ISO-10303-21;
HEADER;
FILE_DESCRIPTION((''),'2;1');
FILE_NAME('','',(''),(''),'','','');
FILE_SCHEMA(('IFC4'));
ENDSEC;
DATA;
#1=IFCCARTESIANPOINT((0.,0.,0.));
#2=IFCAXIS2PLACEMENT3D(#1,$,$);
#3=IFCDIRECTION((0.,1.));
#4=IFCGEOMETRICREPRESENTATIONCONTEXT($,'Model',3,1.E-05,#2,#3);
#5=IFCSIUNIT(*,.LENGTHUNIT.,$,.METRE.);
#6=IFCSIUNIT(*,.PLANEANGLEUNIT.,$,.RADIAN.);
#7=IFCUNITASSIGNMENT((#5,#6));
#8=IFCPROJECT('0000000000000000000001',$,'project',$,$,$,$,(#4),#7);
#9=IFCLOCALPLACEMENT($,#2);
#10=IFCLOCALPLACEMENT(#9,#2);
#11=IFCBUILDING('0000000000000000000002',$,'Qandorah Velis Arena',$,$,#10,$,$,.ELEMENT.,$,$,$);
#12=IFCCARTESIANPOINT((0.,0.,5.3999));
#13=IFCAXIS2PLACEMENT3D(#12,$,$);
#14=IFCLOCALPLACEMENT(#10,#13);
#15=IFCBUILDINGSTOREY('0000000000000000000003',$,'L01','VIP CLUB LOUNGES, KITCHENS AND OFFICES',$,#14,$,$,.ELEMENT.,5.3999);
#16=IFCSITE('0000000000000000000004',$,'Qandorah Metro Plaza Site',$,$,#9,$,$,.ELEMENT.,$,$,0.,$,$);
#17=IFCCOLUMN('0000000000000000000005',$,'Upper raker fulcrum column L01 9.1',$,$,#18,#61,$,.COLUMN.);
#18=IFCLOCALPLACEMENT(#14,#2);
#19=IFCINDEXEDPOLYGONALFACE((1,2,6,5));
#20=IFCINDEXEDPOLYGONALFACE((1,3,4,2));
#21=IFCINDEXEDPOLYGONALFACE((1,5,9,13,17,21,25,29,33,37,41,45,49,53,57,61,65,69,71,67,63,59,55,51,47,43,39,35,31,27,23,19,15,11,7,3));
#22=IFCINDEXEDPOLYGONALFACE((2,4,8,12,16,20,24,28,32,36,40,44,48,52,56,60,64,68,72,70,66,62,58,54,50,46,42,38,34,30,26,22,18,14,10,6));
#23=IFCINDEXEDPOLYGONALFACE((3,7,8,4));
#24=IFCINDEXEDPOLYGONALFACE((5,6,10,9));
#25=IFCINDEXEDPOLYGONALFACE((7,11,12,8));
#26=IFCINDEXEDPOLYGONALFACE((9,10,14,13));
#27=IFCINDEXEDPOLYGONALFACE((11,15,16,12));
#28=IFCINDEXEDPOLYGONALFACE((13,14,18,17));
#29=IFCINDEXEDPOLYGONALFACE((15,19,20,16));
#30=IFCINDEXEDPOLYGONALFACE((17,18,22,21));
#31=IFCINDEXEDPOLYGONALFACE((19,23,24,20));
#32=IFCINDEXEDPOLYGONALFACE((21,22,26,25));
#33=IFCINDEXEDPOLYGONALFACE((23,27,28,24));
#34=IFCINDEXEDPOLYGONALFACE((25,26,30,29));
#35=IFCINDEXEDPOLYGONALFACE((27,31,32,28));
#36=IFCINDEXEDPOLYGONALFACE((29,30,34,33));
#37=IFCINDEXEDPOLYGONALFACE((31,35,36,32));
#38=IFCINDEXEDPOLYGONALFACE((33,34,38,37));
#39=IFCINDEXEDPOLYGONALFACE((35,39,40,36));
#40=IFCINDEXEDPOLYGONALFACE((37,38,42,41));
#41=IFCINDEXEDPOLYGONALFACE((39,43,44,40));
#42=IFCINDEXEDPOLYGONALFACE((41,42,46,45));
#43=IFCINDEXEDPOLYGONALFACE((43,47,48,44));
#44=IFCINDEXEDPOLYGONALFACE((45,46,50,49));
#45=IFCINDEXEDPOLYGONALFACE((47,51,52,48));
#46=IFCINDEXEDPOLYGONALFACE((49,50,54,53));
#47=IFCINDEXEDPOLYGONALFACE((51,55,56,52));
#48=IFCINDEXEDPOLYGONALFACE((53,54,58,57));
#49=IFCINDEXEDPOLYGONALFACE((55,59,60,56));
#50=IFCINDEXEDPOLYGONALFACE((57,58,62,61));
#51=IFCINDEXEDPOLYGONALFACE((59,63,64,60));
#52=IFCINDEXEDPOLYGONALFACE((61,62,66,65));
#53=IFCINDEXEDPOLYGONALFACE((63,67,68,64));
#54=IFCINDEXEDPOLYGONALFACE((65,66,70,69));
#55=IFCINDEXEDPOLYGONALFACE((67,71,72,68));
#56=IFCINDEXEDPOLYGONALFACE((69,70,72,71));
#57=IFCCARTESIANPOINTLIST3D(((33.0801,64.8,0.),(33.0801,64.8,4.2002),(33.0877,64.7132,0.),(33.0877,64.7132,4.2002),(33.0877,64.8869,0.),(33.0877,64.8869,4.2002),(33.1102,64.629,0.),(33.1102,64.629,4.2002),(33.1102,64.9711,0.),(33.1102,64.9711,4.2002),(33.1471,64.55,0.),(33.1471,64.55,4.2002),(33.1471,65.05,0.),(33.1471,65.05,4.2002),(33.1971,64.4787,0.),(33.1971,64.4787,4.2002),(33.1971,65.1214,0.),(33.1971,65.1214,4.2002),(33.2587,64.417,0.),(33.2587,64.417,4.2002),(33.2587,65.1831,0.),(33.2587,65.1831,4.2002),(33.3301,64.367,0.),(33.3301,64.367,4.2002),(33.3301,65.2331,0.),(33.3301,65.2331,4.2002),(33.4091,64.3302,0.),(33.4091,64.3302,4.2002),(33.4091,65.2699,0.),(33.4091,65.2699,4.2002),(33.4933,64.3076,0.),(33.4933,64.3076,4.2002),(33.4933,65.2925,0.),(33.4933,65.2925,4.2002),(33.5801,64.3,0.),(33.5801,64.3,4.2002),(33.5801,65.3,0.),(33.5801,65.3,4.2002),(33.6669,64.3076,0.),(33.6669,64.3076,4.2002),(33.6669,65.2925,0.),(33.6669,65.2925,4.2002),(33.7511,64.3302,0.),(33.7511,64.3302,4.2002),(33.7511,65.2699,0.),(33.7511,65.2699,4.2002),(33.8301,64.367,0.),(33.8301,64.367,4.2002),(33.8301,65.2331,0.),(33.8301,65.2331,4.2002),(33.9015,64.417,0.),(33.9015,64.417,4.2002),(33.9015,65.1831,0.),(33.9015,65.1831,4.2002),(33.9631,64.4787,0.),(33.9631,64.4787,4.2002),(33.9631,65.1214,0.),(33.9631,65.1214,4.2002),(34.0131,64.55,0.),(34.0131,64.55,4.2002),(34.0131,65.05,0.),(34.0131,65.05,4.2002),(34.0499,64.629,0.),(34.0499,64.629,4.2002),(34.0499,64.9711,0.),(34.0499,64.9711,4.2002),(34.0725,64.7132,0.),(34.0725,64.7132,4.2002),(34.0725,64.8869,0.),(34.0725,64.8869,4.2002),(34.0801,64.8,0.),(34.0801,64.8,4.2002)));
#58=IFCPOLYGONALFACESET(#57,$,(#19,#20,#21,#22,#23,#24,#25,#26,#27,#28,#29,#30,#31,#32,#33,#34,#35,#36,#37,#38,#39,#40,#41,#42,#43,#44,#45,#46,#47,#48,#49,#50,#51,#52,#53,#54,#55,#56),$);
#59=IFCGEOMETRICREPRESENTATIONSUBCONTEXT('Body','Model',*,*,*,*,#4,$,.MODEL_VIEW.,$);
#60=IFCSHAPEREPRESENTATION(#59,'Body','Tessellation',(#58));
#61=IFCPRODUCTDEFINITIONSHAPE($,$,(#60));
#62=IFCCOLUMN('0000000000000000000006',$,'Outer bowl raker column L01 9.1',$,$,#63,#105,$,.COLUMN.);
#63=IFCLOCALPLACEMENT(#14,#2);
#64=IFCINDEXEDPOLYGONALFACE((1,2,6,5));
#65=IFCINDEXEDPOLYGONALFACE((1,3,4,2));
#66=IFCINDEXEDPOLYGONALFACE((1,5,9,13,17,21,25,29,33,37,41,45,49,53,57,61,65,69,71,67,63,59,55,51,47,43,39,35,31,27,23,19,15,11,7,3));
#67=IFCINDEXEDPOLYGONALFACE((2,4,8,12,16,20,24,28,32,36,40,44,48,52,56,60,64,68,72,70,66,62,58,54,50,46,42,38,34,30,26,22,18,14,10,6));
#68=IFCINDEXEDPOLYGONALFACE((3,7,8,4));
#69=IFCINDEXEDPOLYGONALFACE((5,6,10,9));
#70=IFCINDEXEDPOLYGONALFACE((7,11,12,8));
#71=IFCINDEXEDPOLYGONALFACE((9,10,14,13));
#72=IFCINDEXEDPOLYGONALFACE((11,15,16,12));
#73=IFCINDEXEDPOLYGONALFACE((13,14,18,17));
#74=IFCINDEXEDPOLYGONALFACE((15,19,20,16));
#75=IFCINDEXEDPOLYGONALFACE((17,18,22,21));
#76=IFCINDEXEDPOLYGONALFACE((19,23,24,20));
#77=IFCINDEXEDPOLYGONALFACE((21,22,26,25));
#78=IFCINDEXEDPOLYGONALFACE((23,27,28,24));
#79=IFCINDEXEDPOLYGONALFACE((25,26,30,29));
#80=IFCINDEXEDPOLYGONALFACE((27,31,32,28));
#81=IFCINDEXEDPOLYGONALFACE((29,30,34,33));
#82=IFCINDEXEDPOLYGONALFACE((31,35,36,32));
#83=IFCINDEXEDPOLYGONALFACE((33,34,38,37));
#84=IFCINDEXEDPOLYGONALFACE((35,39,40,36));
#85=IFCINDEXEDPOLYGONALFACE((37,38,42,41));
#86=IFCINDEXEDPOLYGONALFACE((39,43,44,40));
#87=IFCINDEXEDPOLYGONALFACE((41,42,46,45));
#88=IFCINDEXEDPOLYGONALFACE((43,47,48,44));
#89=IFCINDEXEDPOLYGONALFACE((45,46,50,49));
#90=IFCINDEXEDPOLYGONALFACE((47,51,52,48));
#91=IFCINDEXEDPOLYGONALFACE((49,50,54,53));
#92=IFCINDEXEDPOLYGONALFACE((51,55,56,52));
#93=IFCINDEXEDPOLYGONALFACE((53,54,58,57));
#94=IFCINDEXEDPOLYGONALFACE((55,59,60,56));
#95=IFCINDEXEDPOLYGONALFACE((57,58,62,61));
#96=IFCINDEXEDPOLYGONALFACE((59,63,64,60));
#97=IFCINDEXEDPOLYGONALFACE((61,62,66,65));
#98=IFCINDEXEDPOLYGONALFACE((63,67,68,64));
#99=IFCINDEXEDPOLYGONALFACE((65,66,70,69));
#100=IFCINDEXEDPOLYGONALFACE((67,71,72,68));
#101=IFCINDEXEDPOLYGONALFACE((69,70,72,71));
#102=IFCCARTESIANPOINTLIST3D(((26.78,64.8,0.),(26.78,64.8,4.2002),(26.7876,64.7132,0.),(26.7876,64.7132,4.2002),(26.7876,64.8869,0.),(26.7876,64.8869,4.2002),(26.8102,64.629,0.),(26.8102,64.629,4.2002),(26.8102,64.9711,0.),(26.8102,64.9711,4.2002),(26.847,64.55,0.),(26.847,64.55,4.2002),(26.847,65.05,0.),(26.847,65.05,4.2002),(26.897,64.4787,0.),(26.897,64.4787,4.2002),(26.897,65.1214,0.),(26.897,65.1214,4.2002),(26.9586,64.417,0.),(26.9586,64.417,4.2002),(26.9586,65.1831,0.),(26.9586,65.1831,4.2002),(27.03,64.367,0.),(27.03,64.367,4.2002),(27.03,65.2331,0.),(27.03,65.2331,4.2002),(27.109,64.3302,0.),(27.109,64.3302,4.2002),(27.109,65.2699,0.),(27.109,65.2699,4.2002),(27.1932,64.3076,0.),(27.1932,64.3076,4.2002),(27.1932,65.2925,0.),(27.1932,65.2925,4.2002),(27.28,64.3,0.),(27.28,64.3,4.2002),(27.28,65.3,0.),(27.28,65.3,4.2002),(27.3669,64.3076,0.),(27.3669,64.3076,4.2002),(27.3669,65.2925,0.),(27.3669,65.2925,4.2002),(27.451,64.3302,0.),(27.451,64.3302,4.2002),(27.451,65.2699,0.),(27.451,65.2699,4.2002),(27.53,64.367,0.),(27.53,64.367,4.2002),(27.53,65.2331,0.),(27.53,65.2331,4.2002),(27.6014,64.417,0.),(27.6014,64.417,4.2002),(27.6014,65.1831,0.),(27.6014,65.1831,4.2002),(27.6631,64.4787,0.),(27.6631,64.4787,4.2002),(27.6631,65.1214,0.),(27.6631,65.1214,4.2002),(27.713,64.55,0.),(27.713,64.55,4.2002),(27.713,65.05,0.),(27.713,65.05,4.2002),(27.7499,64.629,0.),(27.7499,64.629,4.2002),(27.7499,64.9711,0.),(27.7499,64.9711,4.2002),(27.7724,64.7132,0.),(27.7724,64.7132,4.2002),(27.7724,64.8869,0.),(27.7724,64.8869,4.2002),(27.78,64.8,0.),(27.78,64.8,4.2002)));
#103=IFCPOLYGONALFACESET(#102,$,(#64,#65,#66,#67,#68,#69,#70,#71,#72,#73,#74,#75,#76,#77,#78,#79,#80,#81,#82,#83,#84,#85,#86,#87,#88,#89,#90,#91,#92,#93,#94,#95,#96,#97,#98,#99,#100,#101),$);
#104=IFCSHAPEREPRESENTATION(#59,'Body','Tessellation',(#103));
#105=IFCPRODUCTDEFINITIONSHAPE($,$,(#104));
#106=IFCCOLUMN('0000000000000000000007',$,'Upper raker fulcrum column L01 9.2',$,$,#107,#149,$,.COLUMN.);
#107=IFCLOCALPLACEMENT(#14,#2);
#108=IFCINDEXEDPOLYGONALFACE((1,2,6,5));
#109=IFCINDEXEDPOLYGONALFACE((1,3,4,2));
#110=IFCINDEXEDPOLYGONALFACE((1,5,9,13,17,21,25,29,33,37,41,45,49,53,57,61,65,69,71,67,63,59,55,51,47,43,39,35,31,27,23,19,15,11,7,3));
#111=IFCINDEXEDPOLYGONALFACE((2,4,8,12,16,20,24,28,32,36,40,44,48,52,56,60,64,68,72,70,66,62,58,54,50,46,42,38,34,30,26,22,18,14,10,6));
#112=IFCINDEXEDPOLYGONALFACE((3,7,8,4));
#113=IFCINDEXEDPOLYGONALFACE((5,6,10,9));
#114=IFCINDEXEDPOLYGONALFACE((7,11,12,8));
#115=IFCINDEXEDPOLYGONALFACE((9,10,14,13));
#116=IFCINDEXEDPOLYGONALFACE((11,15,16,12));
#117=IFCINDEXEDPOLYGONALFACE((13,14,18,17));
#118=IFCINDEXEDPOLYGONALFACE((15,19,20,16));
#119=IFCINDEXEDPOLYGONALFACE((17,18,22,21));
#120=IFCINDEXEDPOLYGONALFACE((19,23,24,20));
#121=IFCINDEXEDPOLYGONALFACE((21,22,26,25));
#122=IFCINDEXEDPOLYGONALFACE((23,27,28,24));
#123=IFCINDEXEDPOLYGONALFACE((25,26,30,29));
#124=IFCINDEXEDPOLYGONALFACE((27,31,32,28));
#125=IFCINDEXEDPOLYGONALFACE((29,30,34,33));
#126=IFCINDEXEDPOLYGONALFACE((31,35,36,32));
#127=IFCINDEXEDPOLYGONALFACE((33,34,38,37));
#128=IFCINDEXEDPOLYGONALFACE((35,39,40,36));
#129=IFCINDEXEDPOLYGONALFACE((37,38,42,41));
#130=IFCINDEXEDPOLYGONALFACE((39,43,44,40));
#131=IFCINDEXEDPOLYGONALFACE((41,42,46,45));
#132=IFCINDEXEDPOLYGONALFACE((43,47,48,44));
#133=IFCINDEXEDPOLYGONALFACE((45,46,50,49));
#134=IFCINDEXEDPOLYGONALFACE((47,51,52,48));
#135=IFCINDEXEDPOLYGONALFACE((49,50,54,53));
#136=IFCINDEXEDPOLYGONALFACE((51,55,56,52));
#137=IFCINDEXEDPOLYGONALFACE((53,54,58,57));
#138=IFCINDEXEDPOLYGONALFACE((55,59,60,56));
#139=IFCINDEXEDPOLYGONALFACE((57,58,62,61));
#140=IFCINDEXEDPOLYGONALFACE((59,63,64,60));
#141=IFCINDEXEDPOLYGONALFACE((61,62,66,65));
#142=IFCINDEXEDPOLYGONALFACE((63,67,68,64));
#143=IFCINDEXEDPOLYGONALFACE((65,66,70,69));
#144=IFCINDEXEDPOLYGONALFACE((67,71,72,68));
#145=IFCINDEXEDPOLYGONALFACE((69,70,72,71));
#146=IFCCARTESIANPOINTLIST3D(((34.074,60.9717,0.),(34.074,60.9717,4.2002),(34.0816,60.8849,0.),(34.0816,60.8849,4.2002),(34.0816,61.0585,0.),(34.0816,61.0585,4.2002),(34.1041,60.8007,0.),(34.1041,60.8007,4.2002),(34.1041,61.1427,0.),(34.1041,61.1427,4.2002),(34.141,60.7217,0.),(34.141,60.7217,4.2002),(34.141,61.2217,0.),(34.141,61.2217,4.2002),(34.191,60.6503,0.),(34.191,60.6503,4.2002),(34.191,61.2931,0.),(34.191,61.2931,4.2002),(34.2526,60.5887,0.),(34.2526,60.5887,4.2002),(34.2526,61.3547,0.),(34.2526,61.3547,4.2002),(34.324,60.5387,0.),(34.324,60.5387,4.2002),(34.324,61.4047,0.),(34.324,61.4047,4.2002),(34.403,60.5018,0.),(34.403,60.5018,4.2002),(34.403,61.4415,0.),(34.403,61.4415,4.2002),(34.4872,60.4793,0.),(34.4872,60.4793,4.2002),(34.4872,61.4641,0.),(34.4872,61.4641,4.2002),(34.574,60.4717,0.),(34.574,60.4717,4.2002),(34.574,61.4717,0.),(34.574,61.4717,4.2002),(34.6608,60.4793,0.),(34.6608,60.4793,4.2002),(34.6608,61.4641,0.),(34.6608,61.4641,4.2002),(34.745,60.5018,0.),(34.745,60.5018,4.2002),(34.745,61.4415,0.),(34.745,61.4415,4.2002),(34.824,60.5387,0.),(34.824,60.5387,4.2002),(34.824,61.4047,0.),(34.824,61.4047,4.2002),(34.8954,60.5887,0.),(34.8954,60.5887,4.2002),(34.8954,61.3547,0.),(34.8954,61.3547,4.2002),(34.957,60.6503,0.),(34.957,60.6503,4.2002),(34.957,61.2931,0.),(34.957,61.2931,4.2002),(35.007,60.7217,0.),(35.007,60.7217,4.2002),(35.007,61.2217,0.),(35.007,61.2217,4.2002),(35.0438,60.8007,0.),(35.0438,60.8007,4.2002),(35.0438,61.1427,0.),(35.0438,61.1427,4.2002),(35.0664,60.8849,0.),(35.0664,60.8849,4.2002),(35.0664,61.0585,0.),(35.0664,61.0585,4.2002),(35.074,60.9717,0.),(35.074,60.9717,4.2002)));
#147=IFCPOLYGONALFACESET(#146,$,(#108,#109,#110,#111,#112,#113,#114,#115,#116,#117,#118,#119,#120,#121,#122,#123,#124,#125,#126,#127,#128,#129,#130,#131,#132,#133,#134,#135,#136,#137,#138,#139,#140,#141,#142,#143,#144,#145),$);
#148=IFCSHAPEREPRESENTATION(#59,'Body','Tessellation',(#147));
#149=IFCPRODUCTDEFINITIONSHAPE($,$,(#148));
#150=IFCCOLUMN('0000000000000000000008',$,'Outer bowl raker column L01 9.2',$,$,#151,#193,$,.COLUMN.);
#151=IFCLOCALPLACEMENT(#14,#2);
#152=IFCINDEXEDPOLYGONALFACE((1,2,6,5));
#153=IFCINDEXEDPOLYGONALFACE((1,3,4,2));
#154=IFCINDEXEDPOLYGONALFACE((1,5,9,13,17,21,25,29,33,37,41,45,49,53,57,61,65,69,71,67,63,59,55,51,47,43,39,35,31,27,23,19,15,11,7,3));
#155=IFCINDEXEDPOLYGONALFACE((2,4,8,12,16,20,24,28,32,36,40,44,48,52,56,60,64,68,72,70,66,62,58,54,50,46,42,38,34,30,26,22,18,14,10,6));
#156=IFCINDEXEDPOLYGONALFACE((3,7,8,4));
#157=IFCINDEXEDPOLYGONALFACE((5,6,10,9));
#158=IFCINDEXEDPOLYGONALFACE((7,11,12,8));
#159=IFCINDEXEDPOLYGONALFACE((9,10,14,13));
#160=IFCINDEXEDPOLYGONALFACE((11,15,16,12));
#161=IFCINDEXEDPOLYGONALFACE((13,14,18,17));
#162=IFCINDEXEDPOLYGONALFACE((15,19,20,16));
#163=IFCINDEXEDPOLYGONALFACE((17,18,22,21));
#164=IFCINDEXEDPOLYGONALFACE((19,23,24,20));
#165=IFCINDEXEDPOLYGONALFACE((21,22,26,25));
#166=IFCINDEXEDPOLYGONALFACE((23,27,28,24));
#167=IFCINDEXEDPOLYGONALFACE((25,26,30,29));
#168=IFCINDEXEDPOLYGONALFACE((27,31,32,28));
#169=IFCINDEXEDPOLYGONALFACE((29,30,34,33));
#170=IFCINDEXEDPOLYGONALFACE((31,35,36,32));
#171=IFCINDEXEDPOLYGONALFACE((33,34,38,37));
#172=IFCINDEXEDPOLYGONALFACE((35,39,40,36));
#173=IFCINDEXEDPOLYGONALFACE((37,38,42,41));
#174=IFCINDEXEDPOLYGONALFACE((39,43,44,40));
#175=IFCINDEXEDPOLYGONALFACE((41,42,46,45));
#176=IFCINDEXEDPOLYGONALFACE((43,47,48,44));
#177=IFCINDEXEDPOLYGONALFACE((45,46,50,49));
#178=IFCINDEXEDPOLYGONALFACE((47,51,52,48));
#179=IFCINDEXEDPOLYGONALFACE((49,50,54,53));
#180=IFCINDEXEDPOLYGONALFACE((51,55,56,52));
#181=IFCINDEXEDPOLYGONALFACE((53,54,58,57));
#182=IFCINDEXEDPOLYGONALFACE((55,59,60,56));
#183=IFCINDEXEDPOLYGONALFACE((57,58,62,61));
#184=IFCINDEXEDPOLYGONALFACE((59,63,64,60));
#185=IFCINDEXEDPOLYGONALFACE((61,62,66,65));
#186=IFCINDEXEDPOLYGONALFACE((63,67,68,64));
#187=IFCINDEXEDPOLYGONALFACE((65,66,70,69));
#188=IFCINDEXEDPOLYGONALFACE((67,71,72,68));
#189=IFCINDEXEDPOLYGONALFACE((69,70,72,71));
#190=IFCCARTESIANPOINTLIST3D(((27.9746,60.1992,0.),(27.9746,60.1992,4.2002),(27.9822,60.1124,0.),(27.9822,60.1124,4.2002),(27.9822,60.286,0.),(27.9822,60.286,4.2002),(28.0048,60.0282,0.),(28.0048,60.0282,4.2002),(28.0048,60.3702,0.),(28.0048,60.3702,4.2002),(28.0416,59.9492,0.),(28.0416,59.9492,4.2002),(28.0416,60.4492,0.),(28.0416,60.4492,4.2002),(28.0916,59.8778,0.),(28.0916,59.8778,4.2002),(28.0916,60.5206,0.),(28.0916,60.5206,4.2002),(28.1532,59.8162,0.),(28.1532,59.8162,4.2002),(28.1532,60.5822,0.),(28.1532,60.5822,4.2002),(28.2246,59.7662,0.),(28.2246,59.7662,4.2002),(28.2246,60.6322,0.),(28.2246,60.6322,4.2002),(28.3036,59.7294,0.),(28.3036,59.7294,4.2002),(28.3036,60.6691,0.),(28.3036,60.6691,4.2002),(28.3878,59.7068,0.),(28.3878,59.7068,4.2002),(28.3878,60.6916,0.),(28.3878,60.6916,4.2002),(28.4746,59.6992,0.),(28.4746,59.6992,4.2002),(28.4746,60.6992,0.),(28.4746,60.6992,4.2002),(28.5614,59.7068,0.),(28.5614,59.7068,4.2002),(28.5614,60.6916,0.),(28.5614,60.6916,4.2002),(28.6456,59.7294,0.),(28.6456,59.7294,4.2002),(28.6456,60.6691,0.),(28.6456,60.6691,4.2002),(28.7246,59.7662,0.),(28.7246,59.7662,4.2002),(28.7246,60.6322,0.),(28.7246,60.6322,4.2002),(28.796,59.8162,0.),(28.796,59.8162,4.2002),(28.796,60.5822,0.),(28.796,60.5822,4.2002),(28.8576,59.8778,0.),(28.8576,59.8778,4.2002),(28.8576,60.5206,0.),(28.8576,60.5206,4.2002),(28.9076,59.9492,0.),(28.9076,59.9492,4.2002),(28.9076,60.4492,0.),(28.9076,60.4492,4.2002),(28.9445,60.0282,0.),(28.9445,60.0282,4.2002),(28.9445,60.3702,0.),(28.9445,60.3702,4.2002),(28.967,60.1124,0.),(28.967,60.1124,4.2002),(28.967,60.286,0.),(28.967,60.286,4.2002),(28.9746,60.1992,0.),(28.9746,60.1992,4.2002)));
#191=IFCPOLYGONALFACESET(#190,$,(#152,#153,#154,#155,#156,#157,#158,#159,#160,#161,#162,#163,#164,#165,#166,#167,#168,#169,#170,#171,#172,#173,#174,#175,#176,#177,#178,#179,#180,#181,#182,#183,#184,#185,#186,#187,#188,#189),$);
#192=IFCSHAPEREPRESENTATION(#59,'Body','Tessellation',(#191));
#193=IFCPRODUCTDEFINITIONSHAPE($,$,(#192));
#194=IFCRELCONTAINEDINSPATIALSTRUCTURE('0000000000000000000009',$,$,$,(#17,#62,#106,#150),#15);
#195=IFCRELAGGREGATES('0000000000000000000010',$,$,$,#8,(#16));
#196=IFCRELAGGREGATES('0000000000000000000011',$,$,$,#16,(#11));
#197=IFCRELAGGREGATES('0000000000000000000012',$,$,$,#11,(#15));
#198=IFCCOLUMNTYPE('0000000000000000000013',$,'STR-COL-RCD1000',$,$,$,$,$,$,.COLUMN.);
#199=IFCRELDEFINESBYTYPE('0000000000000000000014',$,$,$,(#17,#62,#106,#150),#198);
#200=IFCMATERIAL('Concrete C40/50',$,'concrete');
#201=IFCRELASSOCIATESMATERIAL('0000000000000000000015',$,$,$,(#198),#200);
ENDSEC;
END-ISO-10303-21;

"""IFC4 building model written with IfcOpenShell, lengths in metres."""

from ifc_helpers import new_model, si_unit, direction, frame, origin, origin_2d, place, context, subcontext, project, spatial, circle, extrude, material, material_profile, profile_set, type_object, element, save


model = new_model("IFC4")

# Units and contexts
model_context = context("Model", 3, precision=1e-05, world=origin(), true_north=direction((0.0, 1.0)))
body_context = subcontext(model_context, "Body", "Model", "MODEL_VIEW")
ifc_project = project(units=[si_unit("LENGTHUNIT", "METRE"), si_unit("PLANEANGLEUNIT", "RADIAN")], contexts=[model_context])

# Site, building, storey
site_placement = place(None, origin())
site = spatial("IfcSite", under=ifc_project, at=site_placement, Name="Qandorah Metro Plaza Site", CompositionType="ELEMENT", RefElevation=0.0)
building_placement = place(site_placement, origin())
building = spatial("IfcBuilding", under=site, at=building_placement, Name="Qandorah Velis Arena", CompositionType="ELEMENT")
storey_placement = place(building_placement, frame((0.0, 0.0, 5.3999)))
storey = spatial("IfcBuildingStorey", under=building, at=storey_placement, Name="L01", Description="VIP CLUB LOUNGES, KITCHENS AND OFFICES", CompositionType="ELEMENT", Elevation=5.3999)

# Columns
ifc_material_1 = material(Name="Concrete C40/50", Category="concrete")
ifc_material_profile_1 = material_profile(ifc_material_1, circle(Radius=0.5, at=origin_2d()), Name="RC D1000")
ifc_profile_set_1 = profile_set([ifc_material_profile_1], Name="Concrete C40/50")
column_type = type_object("IfcColumnType", Name="STR-COL-RCD1000", PredefinedType="COLUMN", material=ifc_profile_set_1)
for number, where, z_axis, x_axis, name in (
    (1, (33.5801, 64.8, 0.0), (0.0, 0.0, 1.0), (1.0, 0.0, 0.0), "Upper raker fulcrum column L01 9.1"),
    (2, (27.28, 64.8, 0.0), (0.0, 0.0, 1.0), (1.0, 0.0, 0.0), "Outer bowl raker column L01 9.1"),
    (3, (34.574, 60.9717, 0.0), (0.0, 0.0, 1.0), (1.0, 0.0, 0.0), "Upper raker fulcrum column L01 9.2"),
    (4, (28.4746, 60.1992, 0.0), (0.0, 0.0, 1.0), (1.0, 0.0, 0.0), "Outer bowl raker column L01 9.2"),
):
    element("IfcColumn", number, at=place(storey_placement, frame(where, z_axis=z_axis, x_axis=x_axis)), inside=storey, type_object=column_type, Name=name, PredefinedType="COLUMN", context=body_context, shape_type="SweptSolid", body=[
        extrude(circle(Radius=0.5, at=origin_2d()), origin(), (0.0, 0.0, 1.0), 4.2002),
    ])

save(model, "model.ifc")
